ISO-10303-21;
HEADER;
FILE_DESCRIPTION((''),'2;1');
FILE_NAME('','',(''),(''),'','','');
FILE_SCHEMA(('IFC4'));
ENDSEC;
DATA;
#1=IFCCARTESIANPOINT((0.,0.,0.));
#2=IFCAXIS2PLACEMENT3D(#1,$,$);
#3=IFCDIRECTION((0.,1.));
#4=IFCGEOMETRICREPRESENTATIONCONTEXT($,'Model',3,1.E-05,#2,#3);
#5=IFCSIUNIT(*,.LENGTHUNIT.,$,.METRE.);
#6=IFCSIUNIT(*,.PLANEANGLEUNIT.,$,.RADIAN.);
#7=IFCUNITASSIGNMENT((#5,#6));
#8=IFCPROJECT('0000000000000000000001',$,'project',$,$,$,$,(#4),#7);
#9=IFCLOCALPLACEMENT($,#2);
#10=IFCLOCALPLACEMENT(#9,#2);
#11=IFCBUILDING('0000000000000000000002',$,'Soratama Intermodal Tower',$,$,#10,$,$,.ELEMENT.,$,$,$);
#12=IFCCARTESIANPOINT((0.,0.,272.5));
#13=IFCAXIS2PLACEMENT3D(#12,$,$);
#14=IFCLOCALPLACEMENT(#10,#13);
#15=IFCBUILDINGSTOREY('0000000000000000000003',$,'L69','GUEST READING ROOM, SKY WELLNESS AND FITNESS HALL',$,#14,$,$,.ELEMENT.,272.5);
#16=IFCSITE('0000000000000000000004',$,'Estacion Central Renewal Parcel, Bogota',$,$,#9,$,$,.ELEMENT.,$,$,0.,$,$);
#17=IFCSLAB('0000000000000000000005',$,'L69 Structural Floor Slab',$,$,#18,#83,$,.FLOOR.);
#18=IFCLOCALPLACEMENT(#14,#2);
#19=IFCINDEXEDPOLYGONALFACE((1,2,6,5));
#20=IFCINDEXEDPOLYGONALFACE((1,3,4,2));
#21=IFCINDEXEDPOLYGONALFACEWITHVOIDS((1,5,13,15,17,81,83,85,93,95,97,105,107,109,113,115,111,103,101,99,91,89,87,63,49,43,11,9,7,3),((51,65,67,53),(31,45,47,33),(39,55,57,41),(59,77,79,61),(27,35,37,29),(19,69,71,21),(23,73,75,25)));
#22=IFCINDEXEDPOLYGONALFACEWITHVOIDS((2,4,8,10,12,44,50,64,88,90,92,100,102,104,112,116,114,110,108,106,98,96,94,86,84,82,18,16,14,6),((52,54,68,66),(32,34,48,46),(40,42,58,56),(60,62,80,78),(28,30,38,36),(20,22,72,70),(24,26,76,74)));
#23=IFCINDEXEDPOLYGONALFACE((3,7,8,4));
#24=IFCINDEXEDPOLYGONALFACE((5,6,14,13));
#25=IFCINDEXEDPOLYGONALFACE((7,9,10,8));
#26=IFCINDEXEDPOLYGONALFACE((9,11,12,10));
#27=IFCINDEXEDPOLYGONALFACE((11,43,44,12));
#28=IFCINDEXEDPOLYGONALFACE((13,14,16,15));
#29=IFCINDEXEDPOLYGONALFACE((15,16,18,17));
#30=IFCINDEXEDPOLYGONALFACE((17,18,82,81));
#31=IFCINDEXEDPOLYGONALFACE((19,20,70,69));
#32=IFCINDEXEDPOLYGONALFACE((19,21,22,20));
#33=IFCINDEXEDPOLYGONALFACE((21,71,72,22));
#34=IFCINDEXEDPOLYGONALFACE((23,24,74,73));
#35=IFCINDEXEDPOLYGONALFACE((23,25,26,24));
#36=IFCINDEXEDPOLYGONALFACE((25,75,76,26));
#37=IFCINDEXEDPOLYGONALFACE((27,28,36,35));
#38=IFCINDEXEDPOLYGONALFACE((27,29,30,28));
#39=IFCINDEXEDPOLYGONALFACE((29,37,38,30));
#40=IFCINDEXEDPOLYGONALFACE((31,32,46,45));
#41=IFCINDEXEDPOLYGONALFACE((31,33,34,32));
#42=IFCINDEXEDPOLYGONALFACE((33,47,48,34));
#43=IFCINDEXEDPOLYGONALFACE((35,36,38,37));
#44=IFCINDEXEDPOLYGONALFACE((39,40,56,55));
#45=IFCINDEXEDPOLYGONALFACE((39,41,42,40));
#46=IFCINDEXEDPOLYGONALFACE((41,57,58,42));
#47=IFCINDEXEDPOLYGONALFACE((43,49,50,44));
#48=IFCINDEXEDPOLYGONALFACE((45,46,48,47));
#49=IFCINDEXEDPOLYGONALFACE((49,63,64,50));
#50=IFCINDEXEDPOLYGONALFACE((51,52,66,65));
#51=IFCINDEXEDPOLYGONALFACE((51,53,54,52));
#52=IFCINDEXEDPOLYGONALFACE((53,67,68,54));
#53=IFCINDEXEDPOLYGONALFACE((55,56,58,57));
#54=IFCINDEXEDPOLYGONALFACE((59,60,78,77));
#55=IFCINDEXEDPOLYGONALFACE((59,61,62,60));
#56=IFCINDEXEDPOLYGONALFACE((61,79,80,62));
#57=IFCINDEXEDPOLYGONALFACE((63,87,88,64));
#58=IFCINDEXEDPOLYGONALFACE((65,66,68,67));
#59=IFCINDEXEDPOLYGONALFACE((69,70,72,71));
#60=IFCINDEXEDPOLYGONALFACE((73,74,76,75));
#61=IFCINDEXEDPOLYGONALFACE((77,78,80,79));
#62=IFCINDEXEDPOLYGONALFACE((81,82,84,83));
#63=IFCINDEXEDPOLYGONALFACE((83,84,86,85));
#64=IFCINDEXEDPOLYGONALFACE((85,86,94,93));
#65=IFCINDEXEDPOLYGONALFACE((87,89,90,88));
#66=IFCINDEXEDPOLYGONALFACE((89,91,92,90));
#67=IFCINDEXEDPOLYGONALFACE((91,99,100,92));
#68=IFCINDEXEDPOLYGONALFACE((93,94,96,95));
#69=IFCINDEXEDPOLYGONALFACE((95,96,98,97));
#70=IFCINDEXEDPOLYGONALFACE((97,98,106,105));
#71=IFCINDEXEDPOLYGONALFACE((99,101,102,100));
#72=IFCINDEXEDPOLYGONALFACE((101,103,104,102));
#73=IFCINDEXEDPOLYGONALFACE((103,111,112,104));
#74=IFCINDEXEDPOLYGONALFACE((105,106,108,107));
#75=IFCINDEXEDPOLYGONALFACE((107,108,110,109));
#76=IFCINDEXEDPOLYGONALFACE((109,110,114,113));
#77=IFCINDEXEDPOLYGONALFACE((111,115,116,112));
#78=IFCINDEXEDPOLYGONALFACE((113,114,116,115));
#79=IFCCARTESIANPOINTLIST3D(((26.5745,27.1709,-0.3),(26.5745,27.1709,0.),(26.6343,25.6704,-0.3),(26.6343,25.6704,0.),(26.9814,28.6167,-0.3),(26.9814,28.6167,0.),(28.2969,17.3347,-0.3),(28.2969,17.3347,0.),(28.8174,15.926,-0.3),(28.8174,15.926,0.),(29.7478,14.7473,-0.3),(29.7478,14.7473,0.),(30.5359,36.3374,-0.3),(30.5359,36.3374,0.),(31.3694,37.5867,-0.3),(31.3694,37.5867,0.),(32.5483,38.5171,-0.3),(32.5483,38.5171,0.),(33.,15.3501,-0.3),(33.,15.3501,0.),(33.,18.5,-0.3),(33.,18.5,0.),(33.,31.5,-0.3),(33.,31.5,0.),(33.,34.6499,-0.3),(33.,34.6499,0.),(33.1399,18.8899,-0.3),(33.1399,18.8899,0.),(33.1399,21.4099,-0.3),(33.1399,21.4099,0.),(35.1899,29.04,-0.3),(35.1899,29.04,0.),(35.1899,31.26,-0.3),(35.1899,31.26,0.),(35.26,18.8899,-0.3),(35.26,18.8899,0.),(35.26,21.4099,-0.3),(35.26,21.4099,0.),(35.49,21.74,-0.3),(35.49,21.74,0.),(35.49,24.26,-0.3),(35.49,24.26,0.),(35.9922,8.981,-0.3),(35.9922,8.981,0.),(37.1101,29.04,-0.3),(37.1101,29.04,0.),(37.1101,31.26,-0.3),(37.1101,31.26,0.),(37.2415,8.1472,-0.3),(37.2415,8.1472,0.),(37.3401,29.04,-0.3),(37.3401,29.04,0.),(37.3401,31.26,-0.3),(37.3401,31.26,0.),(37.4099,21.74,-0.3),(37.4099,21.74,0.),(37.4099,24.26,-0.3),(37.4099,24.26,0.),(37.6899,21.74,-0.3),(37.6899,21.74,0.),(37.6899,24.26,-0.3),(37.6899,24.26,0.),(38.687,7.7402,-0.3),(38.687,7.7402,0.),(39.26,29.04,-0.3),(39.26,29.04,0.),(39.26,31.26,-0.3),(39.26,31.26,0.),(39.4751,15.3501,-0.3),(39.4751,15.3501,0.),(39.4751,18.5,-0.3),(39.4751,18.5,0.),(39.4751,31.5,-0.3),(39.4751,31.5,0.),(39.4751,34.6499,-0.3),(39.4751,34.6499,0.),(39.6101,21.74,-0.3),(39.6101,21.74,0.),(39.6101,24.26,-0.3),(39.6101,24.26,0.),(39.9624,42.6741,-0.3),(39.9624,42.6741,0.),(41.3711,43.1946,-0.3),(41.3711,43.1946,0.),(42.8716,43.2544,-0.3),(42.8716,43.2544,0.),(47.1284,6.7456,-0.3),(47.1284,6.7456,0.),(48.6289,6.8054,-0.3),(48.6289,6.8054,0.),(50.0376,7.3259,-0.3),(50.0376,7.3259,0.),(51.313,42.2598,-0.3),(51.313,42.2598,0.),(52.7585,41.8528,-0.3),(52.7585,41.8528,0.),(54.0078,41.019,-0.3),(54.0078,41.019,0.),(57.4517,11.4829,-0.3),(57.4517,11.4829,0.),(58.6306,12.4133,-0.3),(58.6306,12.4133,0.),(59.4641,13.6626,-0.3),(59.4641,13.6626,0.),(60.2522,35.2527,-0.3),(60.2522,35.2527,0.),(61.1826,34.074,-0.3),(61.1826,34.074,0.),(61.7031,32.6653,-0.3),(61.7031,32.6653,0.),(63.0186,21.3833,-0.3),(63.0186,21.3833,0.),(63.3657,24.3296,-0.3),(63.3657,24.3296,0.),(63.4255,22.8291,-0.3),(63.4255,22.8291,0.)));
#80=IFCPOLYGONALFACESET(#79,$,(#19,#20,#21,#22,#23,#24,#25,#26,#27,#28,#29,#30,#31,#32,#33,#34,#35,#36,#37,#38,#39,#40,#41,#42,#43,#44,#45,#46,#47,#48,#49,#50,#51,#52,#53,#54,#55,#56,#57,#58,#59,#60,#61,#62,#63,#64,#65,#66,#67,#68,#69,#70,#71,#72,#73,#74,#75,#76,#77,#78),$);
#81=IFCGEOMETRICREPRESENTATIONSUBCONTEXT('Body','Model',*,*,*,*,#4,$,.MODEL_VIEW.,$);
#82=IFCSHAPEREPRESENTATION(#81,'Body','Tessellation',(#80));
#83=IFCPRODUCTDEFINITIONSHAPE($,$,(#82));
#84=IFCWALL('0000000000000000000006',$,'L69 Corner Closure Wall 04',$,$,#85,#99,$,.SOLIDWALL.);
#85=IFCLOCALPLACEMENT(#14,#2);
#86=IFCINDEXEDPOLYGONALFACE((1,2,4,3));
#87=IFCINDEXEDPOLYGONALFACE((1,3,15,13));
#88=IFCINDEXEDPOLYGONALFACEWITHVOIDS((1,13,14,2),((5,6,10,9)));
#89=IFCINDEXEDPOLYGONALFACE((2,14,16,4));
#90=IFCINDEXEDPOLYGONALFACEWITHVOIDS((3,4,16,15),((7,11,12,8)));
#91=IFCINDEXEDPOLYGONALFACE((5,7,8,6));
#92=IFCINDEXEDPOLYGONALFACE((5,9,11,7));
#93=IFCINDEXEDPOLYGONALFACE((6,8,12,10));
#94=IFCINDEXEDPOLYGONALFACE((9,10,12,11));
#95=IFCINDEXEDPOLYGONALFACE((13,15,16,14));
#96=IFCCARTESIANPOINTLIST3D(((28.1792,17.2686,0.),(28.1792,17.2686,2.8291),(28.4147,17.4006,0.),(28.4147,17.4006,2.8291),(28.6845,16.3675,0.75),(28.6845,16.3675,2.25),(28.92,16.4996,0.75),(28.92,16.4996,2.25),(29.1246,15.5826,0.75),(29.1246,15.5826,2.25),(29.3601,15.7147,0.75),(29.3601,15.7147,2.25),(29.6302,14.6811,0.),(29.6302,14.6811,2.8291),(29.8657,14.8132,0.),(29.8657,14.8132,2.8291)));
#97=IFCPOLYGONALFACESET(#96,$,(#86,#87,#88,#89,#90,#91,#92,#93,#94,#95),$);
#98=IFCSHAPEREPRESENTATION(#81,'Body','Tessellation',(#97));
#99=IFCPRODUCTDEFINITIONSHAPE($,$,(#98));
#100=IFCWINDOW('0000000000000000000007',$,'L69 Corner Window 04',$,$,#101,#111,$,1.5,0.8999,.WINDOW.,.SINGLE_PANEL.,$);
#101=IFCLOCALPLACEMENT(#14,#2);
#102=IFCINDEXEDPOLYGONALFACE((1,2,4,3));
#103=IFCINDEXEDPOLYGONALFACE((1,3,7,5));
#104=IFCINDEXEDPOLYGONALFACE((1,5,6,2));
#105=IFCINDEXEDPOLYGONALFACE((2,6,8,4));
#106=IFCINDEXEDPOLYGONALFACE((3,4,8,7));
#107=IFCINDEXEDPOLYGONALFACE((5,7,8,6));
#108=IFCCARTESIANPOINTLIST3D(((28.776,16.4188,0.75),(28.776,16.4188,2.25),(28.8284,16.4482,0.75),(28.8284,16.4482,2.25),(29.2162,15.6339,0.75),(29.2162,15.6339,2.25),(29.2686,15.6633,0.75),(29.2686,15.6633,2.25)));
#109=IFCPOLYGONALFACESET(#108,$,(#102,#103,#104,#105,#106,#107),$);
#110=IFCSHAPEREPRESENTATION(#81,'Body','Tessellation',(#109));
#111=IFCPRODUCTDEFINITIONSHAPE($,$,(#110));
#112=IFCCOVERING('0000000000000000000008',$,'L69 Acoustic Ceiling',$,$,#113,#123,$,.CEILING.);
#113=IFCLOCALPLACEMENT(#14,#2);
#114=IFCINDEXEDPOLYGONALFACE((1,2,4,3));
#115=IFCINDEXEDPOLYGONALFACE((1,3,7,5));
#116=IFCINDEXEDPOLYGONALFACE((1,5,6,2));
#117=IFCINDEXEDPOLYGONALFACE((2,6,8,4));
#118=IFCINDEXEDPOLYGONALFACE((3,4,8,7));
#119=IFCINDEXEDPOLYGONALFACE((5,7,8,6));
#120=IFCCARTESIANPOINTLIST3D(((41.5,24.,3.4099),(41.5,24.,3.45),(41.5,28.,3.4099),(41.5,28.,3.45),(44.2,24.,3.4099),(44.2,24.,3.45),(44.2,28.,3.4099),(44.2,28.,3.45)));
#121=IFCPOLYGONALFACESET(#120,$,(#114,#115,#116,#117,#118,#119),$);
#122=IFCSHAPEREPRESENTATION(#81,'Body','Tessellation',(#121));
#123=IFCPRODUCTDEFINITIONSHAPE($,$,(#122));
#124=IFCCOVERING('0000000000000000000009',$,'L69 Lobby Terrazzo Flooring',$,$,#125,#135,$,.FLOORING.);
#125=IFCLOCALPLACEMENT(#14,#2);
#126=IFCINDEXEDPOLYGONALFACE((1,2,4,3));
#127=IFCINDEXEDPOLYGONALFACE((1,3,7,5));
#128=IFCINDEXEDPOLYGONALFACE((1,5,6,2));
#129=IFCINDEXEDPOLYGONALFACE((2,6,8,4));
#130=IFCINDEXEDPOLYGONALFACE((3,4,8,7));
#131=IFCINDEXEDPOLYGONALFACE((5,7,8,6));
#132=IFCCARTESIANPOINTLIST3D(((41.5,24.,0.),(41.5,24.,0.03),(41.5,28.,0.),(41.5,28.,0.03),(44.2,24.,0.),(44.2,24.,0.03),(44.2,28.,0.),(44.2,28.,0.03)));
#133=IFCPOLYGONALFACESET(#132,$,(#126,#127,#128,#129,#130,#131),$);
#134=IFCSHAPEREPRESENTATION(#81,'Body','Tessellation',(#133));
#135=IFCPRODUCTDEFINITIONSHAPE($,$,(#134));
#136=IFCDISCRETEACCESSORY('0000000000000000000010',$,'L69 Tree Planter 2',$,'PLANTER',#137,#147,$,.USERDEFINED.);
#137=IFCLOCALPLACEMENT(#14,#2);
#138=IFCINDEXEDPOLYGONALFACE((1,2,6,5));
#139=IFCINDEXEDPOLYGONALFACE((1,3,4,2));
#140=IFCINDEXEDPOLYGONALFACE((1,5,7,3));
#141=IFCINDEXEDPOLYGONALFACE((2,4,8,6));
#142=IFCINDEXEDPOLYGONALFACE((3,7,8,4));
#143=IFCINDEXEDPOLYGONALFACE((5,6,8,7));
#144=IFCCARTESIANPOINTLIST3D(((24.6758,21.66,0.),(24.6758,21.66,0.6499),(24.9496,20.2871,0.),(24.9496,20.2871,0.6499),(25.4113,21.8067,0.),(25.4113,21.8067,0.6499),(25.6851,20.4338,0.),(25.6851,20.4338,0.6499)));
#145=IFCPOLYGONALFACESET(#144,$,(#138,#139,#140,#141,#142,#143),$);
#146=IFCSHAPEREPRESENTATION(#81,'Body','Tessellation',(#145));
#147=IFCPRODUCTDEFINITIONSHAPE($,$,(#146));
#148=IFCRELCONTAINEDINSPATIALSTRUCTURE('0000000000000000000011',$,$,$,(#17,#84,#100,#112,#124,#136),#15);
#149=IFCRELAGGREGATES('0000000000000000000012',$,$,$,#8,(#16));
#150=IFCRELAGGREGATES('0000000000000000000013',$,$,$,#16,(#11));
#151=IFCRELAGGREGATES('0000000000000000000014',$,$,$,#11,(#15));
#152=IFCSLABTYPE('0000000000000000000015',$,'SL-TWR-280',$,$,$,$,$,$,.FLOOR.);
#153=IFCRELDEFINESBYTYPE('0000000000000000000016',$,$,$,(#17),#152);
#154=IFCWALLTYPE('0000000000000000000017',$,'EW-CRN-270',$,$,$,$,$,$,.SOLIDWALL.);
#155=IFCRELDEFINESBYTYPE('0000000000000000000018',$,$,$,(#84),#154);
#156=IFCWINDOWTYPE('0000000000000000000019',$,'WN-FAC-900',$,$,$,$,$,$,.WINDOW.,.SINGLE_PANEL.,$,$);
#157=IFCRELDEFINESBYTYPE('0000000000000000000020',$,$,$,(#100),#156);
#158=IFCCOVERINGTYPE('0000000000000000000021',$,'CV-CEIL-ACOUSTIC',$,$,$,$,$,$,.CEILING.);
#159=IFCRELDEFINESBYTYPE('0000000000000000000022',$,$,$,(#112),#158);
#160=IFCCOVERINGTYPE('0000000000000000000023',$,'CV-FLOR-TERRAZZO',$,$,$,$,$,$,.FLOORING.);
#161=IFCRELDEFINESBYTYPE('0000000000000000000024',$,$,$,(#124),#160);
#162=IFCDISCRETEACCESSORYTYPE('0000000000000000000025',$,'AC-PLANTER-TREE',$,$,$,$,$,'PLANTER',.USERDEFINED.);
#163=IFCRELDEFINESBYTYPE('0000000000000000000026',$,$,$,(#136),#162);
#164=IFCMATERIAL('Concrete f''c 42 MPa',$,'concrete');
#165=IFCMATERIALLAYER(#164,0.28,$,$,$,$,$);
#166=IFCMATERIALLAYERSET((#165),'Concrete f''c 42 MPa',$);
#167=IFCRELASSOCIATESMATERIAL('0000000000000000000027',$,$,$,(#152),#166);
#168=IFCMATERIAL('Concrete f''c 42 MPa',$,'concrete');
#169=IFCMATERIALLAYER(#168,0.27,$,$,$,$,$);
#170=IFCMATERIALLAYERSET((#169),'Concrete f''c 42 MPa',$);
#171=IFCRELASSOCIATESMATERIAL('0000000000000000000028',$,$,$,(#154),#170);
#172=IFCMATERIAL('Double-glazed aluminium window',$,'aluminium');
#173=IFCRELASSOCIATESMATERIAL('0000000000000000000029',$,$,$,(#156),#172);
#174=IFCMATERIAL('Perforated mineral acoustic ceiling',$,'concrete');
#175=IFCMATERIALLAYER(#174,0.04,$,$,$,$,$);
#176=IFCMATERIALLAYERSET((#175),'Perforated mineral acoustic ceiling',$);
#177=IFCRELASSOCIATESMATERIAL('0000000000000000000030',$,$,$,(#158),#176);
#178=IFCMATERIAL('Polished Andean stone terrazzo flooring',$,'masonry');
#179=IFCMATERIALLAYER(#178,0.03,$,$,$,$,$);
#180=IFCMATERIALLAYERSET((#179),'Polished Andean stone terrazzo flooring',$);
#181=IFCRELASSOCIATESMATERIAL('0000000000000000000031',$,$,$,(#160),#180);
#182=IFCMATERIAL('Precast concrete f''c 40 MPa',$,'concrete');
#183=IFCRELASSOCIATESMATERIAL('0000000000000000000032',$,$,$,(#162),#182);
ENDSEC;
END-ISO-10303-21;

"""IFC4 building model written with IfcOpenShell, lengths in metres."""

from ifc_helpers import new_model, si_unit, direction, frame, frame_2d, origin, origin_2d, place, context, subcontext, project, spatial, polyline, rectangle, outline, extrude, material, layer, layer_set, type_object, element, fill, save


model = new_model("IFC4")

# Units and contexts
model_context = context("Model", 3, precision=1e-05, world=origin(), true_north=direction((0.0, 1.0)))
body_context = subcontext(model_context, "Body", "Model", "MODEL_VIEW")
ifc_project = project(units=[si_unit("LENGTHUNIT", "METRE"), si_unit("PLANEANGLEUNIT", "RADIAN")], contexts=[model_context])

# Site, building, storey
site_placement = place(None, origin())
site = spatial("IfcSite", under=ifc_project, at=site_placement, Name="Estacion Central Renewal Parcel, Bogota", CompositionType="ELEMENT", RefElevation=0.0)
building_placement = place(site_placement, origin())
building = spatial("IfcBuilding", under=site, at=building_placement, Name="Soratama Intermodal Tower", CompositionType="ELEMENT")
storey_placement = place(building_placement, frame((0.0, 0.0, 272.5)))
storey = spatial("IfcBuildingStorey", under=building, at=storey_placement, Name="L69", Description="GUEST READING ROOM, SKY WELLNESS AND FITNESS HALL", CompositionType="ELEMENT", Elevation=272.5)

# Slab
ifc_material_1 = material(Name="Concrete f'c 42 MPa", Category="concrete")
ifc_layer_1 = layer(ifc_material_1, 0.28)
ifc_layer_set_1 = layer_set([ifc_layer_1], Name="Concrete f'c 42 MPa")
slab_type_1 = type_object("IfcSlabType", Name="SL-TWR-280", PredefinedType="FLOOR", material=ifc_layer_set_1)
slab_1_placement = place(storey_placement, frame((0.0, 0.0, -0.3)))
element("IfcSlab", 1, at=slab_1_placement, inside=storey, type_object=slab_type_1, Name="L69 Structural Floor Slab", PredefinedType="FLOOR", context=body_context, shape_type="SweptSolid", body=[
    extrude(outline(polyline([(54.0078, 41.019), (52.7585, 41.8528), (51.313, 42.2598), (42.8716, 43.2544), (41.3711, 43.1946), (39.9624, 42.6741), (32.5483, 38.5171), (31.3694, 37.5867), (30.5359, 36.3374), (26.9814, 28.6167), (26.5745, 27.1709), (26.6343, 25.6704), (28.2969, 17.3347), (28.8174, 15.926), (29.7478, 14.7473), (35.9922, 8.981), (37.2415, 8.1472), (38.687, 7.7402), (47.1284, 6.7456), (48.6289, 6.8054), (50.0376, 7.3259), (57.4517, 11.4829), (58.6306, 12.4133), (59.4641, 13.6626), (63.0186, 21.3833), (63.4255, 22.8291), (63.3657, 24.3296), (61.7031, 32.6653), (61.1826, 34.074), (60.2522, 35.2527), (54.0078, 41.019)]), holes=[polyline([(33.0, 15.3501), (39.4751, 15.3501), (39.4751, 18.5), (33.0, 18.5), (33.0, 15.3501)]), polyline([(35.26, 21.4099), (33.1399, 21.4099), (33.1399, 18.8899), (35.26, 18.8899), (35.26, 21.4099)]), polyline([(37.4099, 24.26), (35.49, 24.26), (35.49, 21.74), (37.4099, 21.74), (37.4099, 24.26)]), polyline([(39.6101, 24.26), (37.6899, 24.26), (37.6899, 21.74), (39.6101, 21.74), (39.6101, 24.26)]), polyline([(37.1101, 31.26), (35.1899, 31.26), (35.1899, 29.04), (37.1101, 29.04), (37.1101, 31.26)]), polyline([(39.26, 31.26), (37.3401, 31.26), (37.3401, 29.04), (39.26, 29.04), (39.26, 31.26)]), polyline([(33.0, 34.6499), (33.0, 31.5), (39.4751, 31.5), (39.4751, 34.6499), (33.0, 34.6499)])]), origin(), (0.0, 0.0, 1.0), 0.3),
])

# Wall, opening, window
ifc_material_2 = material(Name="Concrete f'c 42 MPa", Category="concrete")
ifc_layer_2 = layer(ifc_material_2, 0.27)
ifc_layer_set_2 = layer_set([ifc_layer_2], Name="Concrete f'c 42 MPa")
wall_type = type_object("IfcWallType", Name="EW-CRN-270", PredefinedType="SOLIDWALL", material=ifc_layer_set_2)
wall_placement = place(storey_placement, frame((28.2969, 17.3347, 0.0), z_axis=(0.0, 0.0, 1.0), x_axis=(0.489112, -0.872221, 0.0)))
wall = element("IfcWall", 2, at=wall_placement, inside=storey, type_object=wall_type, Name="L69 Corner Closure Wall 04", PredefinedType="SOLIDWALL", context=body_context, shape_type="SweptSolid", body=[
    extrude(rectangle(XDim=2.9666, YDim=0.27, at=frame_2d((1.4834, 0.0))), origin(), (0.0, 0.0, 1.0), 2.8291),
])
opening_placement = place(wall_placement, frame((1.0332, 0.0, 0.75)))
opening = element("IfcOpeningElement", 3, at=opening_placement, cuts=wall, PredefinedType="OPENING", context=body_context, shape_type="SweptSolid", body=[
    extrude(rectangle(XDim=0.8999, YDim=1.5, at=frame_2d((0.45, 0.75))), frame((0.0, 0.145, 0.0), z_axis=(0.0, -1.0, 0.0), x_axis=(1.0, 0.0, 0.0)), (0.0, 0.0, 1.0), 0.29),
])
ifc_material_3 = material(Name="Double-glazed aluminium window", Category="aluminium")
window_type = type_object("IfcWindowType", Name="WN-FAC-900", PartitioningType="SINGLE_PANEL", PredefinedType="WINDOW", material=ifc_material_3)
window_placement = place(opening_placement, origin())
window = element("IfcWindow", 4, at=window_placement, inside=storey, type_object=window_type, Name="L69 Corner Window 04", OverallHeight=1.5, OverallWidth=0.8999, PartitioningType="SINGLE_PANEL", PredefinedType="WINDOW", context=body_context, shape_type="SweptSolid", body=[
    extrude(rectangle(XDim=0.8999, YDim=1.5, at=frame_2d((0.45, 0.75))), frame((0.0, 0.03, 0.0), z_axis=(0.0, -1.0, 0.0), x_axis=(1.0, 0.0, 0.0)), (0.0, 0.0, 1.0), 0.0601),
])
fill(opening, window)

# Coverings
ifc_material_4 = material(Name="Perforated mineral acoustic ceiling", Category="concrete")
ifc_layer_3 = layer(ifc_material_4, 0.04)
ifc_layer_set_3 = layer_set([ifc_layer_3], Name="Perforated mineral acoustic ceiling")
covering_type_1 = type_object("IfcCoveringType", Name="CV-CEIL-ACOUSTIC", PredefinedType="CEILING", material=ifc_layer_set_3)
covering_1_placement = place(storey_placement, frame((0.0, 0.0, 3.4099)))
element("IfcCovering", 5, at=covering_1_placement, inside=storey, type_object=covering_type_1, Name="L69 Acoustic Ceiling", PredefinedType="CEILING", context=body_context, shape_type="SweptSolid", body=[
    extrude(outline(polyline([(41.5, 24.0), (44.2, 24.0), (44.2, 28.0), (41.5, 28.0), (41.5, 24.0)])), origin(), (0.0, 0.0, 1.0), 0.04),
])
ifc_material_5 = material(Name="Polished Andean stone terrazzo flooring", Category="masonry")
ifc_layer_4 = layer(ifc_material_5, 0.03)
ifc_layer_set_4 = layer_set([ifc_layer_4], Name="Polished Andean stone terrazzo flooring")
covering_type_2 = type_object("IfcCoveringType", Name="CV-FLOR-TERRAZZO", PredefinedType="FLOORING", material=ifc_layer_set_4)
covering_2_placement = place(storey_placement, origin())
element("IfcCovering", 6, at=covering_2_placement, inside=storey, type_object=covering_type_2, Name="L69 Lobby Terrazzo Flooring", PredefinedType="FLOORING", context=body_context, shape_type="SweptSolid", body=[
    extrude(outline(polyline([(41.5, 24.0), (44.2, 24.0), (44.2, 28.0), (41.5, 28.0), (41.5, 24.0)])), origin(), (0.0, 0.0, 1.0), 0.03),
])

# Discrete accessory
ifc_material_6 = material(Name="Precast concrete f'c 40 MPa", Category="concrete")
discrete_accessory_type = type_object("IfcDiscreteAccessoryType", Name="AC-PLANTER-TREE", ElementType="PLANTER", PredefinedType="USERDEFINED", material=ifc_material_6)
discrete_accessory_placement = place(storey_placement, frame((25.1804, 21.0469, 0.0), z_axis=(0.0, 0.0, 1.0), x_axis=(-0.980683, -0.195604, 0.0)))
element("IfcDiscreteAccessory", 7, at=discrete_accessory_placement, inside=storey, type_object=discrete_accessory_type, Name="L69 Tree Planter 2", ObjectType="PLANTER", PredefinedType="USERDEFINED", context=body_context, shape_type="SweptSolid", body=[
    extrude(rectangle(XDim=0.75, YDim=1.3999, at=origin_2d()), origin(), (0.0, 0.0, 1.0), 0.6499),
])

save(model, "model.ifc")
